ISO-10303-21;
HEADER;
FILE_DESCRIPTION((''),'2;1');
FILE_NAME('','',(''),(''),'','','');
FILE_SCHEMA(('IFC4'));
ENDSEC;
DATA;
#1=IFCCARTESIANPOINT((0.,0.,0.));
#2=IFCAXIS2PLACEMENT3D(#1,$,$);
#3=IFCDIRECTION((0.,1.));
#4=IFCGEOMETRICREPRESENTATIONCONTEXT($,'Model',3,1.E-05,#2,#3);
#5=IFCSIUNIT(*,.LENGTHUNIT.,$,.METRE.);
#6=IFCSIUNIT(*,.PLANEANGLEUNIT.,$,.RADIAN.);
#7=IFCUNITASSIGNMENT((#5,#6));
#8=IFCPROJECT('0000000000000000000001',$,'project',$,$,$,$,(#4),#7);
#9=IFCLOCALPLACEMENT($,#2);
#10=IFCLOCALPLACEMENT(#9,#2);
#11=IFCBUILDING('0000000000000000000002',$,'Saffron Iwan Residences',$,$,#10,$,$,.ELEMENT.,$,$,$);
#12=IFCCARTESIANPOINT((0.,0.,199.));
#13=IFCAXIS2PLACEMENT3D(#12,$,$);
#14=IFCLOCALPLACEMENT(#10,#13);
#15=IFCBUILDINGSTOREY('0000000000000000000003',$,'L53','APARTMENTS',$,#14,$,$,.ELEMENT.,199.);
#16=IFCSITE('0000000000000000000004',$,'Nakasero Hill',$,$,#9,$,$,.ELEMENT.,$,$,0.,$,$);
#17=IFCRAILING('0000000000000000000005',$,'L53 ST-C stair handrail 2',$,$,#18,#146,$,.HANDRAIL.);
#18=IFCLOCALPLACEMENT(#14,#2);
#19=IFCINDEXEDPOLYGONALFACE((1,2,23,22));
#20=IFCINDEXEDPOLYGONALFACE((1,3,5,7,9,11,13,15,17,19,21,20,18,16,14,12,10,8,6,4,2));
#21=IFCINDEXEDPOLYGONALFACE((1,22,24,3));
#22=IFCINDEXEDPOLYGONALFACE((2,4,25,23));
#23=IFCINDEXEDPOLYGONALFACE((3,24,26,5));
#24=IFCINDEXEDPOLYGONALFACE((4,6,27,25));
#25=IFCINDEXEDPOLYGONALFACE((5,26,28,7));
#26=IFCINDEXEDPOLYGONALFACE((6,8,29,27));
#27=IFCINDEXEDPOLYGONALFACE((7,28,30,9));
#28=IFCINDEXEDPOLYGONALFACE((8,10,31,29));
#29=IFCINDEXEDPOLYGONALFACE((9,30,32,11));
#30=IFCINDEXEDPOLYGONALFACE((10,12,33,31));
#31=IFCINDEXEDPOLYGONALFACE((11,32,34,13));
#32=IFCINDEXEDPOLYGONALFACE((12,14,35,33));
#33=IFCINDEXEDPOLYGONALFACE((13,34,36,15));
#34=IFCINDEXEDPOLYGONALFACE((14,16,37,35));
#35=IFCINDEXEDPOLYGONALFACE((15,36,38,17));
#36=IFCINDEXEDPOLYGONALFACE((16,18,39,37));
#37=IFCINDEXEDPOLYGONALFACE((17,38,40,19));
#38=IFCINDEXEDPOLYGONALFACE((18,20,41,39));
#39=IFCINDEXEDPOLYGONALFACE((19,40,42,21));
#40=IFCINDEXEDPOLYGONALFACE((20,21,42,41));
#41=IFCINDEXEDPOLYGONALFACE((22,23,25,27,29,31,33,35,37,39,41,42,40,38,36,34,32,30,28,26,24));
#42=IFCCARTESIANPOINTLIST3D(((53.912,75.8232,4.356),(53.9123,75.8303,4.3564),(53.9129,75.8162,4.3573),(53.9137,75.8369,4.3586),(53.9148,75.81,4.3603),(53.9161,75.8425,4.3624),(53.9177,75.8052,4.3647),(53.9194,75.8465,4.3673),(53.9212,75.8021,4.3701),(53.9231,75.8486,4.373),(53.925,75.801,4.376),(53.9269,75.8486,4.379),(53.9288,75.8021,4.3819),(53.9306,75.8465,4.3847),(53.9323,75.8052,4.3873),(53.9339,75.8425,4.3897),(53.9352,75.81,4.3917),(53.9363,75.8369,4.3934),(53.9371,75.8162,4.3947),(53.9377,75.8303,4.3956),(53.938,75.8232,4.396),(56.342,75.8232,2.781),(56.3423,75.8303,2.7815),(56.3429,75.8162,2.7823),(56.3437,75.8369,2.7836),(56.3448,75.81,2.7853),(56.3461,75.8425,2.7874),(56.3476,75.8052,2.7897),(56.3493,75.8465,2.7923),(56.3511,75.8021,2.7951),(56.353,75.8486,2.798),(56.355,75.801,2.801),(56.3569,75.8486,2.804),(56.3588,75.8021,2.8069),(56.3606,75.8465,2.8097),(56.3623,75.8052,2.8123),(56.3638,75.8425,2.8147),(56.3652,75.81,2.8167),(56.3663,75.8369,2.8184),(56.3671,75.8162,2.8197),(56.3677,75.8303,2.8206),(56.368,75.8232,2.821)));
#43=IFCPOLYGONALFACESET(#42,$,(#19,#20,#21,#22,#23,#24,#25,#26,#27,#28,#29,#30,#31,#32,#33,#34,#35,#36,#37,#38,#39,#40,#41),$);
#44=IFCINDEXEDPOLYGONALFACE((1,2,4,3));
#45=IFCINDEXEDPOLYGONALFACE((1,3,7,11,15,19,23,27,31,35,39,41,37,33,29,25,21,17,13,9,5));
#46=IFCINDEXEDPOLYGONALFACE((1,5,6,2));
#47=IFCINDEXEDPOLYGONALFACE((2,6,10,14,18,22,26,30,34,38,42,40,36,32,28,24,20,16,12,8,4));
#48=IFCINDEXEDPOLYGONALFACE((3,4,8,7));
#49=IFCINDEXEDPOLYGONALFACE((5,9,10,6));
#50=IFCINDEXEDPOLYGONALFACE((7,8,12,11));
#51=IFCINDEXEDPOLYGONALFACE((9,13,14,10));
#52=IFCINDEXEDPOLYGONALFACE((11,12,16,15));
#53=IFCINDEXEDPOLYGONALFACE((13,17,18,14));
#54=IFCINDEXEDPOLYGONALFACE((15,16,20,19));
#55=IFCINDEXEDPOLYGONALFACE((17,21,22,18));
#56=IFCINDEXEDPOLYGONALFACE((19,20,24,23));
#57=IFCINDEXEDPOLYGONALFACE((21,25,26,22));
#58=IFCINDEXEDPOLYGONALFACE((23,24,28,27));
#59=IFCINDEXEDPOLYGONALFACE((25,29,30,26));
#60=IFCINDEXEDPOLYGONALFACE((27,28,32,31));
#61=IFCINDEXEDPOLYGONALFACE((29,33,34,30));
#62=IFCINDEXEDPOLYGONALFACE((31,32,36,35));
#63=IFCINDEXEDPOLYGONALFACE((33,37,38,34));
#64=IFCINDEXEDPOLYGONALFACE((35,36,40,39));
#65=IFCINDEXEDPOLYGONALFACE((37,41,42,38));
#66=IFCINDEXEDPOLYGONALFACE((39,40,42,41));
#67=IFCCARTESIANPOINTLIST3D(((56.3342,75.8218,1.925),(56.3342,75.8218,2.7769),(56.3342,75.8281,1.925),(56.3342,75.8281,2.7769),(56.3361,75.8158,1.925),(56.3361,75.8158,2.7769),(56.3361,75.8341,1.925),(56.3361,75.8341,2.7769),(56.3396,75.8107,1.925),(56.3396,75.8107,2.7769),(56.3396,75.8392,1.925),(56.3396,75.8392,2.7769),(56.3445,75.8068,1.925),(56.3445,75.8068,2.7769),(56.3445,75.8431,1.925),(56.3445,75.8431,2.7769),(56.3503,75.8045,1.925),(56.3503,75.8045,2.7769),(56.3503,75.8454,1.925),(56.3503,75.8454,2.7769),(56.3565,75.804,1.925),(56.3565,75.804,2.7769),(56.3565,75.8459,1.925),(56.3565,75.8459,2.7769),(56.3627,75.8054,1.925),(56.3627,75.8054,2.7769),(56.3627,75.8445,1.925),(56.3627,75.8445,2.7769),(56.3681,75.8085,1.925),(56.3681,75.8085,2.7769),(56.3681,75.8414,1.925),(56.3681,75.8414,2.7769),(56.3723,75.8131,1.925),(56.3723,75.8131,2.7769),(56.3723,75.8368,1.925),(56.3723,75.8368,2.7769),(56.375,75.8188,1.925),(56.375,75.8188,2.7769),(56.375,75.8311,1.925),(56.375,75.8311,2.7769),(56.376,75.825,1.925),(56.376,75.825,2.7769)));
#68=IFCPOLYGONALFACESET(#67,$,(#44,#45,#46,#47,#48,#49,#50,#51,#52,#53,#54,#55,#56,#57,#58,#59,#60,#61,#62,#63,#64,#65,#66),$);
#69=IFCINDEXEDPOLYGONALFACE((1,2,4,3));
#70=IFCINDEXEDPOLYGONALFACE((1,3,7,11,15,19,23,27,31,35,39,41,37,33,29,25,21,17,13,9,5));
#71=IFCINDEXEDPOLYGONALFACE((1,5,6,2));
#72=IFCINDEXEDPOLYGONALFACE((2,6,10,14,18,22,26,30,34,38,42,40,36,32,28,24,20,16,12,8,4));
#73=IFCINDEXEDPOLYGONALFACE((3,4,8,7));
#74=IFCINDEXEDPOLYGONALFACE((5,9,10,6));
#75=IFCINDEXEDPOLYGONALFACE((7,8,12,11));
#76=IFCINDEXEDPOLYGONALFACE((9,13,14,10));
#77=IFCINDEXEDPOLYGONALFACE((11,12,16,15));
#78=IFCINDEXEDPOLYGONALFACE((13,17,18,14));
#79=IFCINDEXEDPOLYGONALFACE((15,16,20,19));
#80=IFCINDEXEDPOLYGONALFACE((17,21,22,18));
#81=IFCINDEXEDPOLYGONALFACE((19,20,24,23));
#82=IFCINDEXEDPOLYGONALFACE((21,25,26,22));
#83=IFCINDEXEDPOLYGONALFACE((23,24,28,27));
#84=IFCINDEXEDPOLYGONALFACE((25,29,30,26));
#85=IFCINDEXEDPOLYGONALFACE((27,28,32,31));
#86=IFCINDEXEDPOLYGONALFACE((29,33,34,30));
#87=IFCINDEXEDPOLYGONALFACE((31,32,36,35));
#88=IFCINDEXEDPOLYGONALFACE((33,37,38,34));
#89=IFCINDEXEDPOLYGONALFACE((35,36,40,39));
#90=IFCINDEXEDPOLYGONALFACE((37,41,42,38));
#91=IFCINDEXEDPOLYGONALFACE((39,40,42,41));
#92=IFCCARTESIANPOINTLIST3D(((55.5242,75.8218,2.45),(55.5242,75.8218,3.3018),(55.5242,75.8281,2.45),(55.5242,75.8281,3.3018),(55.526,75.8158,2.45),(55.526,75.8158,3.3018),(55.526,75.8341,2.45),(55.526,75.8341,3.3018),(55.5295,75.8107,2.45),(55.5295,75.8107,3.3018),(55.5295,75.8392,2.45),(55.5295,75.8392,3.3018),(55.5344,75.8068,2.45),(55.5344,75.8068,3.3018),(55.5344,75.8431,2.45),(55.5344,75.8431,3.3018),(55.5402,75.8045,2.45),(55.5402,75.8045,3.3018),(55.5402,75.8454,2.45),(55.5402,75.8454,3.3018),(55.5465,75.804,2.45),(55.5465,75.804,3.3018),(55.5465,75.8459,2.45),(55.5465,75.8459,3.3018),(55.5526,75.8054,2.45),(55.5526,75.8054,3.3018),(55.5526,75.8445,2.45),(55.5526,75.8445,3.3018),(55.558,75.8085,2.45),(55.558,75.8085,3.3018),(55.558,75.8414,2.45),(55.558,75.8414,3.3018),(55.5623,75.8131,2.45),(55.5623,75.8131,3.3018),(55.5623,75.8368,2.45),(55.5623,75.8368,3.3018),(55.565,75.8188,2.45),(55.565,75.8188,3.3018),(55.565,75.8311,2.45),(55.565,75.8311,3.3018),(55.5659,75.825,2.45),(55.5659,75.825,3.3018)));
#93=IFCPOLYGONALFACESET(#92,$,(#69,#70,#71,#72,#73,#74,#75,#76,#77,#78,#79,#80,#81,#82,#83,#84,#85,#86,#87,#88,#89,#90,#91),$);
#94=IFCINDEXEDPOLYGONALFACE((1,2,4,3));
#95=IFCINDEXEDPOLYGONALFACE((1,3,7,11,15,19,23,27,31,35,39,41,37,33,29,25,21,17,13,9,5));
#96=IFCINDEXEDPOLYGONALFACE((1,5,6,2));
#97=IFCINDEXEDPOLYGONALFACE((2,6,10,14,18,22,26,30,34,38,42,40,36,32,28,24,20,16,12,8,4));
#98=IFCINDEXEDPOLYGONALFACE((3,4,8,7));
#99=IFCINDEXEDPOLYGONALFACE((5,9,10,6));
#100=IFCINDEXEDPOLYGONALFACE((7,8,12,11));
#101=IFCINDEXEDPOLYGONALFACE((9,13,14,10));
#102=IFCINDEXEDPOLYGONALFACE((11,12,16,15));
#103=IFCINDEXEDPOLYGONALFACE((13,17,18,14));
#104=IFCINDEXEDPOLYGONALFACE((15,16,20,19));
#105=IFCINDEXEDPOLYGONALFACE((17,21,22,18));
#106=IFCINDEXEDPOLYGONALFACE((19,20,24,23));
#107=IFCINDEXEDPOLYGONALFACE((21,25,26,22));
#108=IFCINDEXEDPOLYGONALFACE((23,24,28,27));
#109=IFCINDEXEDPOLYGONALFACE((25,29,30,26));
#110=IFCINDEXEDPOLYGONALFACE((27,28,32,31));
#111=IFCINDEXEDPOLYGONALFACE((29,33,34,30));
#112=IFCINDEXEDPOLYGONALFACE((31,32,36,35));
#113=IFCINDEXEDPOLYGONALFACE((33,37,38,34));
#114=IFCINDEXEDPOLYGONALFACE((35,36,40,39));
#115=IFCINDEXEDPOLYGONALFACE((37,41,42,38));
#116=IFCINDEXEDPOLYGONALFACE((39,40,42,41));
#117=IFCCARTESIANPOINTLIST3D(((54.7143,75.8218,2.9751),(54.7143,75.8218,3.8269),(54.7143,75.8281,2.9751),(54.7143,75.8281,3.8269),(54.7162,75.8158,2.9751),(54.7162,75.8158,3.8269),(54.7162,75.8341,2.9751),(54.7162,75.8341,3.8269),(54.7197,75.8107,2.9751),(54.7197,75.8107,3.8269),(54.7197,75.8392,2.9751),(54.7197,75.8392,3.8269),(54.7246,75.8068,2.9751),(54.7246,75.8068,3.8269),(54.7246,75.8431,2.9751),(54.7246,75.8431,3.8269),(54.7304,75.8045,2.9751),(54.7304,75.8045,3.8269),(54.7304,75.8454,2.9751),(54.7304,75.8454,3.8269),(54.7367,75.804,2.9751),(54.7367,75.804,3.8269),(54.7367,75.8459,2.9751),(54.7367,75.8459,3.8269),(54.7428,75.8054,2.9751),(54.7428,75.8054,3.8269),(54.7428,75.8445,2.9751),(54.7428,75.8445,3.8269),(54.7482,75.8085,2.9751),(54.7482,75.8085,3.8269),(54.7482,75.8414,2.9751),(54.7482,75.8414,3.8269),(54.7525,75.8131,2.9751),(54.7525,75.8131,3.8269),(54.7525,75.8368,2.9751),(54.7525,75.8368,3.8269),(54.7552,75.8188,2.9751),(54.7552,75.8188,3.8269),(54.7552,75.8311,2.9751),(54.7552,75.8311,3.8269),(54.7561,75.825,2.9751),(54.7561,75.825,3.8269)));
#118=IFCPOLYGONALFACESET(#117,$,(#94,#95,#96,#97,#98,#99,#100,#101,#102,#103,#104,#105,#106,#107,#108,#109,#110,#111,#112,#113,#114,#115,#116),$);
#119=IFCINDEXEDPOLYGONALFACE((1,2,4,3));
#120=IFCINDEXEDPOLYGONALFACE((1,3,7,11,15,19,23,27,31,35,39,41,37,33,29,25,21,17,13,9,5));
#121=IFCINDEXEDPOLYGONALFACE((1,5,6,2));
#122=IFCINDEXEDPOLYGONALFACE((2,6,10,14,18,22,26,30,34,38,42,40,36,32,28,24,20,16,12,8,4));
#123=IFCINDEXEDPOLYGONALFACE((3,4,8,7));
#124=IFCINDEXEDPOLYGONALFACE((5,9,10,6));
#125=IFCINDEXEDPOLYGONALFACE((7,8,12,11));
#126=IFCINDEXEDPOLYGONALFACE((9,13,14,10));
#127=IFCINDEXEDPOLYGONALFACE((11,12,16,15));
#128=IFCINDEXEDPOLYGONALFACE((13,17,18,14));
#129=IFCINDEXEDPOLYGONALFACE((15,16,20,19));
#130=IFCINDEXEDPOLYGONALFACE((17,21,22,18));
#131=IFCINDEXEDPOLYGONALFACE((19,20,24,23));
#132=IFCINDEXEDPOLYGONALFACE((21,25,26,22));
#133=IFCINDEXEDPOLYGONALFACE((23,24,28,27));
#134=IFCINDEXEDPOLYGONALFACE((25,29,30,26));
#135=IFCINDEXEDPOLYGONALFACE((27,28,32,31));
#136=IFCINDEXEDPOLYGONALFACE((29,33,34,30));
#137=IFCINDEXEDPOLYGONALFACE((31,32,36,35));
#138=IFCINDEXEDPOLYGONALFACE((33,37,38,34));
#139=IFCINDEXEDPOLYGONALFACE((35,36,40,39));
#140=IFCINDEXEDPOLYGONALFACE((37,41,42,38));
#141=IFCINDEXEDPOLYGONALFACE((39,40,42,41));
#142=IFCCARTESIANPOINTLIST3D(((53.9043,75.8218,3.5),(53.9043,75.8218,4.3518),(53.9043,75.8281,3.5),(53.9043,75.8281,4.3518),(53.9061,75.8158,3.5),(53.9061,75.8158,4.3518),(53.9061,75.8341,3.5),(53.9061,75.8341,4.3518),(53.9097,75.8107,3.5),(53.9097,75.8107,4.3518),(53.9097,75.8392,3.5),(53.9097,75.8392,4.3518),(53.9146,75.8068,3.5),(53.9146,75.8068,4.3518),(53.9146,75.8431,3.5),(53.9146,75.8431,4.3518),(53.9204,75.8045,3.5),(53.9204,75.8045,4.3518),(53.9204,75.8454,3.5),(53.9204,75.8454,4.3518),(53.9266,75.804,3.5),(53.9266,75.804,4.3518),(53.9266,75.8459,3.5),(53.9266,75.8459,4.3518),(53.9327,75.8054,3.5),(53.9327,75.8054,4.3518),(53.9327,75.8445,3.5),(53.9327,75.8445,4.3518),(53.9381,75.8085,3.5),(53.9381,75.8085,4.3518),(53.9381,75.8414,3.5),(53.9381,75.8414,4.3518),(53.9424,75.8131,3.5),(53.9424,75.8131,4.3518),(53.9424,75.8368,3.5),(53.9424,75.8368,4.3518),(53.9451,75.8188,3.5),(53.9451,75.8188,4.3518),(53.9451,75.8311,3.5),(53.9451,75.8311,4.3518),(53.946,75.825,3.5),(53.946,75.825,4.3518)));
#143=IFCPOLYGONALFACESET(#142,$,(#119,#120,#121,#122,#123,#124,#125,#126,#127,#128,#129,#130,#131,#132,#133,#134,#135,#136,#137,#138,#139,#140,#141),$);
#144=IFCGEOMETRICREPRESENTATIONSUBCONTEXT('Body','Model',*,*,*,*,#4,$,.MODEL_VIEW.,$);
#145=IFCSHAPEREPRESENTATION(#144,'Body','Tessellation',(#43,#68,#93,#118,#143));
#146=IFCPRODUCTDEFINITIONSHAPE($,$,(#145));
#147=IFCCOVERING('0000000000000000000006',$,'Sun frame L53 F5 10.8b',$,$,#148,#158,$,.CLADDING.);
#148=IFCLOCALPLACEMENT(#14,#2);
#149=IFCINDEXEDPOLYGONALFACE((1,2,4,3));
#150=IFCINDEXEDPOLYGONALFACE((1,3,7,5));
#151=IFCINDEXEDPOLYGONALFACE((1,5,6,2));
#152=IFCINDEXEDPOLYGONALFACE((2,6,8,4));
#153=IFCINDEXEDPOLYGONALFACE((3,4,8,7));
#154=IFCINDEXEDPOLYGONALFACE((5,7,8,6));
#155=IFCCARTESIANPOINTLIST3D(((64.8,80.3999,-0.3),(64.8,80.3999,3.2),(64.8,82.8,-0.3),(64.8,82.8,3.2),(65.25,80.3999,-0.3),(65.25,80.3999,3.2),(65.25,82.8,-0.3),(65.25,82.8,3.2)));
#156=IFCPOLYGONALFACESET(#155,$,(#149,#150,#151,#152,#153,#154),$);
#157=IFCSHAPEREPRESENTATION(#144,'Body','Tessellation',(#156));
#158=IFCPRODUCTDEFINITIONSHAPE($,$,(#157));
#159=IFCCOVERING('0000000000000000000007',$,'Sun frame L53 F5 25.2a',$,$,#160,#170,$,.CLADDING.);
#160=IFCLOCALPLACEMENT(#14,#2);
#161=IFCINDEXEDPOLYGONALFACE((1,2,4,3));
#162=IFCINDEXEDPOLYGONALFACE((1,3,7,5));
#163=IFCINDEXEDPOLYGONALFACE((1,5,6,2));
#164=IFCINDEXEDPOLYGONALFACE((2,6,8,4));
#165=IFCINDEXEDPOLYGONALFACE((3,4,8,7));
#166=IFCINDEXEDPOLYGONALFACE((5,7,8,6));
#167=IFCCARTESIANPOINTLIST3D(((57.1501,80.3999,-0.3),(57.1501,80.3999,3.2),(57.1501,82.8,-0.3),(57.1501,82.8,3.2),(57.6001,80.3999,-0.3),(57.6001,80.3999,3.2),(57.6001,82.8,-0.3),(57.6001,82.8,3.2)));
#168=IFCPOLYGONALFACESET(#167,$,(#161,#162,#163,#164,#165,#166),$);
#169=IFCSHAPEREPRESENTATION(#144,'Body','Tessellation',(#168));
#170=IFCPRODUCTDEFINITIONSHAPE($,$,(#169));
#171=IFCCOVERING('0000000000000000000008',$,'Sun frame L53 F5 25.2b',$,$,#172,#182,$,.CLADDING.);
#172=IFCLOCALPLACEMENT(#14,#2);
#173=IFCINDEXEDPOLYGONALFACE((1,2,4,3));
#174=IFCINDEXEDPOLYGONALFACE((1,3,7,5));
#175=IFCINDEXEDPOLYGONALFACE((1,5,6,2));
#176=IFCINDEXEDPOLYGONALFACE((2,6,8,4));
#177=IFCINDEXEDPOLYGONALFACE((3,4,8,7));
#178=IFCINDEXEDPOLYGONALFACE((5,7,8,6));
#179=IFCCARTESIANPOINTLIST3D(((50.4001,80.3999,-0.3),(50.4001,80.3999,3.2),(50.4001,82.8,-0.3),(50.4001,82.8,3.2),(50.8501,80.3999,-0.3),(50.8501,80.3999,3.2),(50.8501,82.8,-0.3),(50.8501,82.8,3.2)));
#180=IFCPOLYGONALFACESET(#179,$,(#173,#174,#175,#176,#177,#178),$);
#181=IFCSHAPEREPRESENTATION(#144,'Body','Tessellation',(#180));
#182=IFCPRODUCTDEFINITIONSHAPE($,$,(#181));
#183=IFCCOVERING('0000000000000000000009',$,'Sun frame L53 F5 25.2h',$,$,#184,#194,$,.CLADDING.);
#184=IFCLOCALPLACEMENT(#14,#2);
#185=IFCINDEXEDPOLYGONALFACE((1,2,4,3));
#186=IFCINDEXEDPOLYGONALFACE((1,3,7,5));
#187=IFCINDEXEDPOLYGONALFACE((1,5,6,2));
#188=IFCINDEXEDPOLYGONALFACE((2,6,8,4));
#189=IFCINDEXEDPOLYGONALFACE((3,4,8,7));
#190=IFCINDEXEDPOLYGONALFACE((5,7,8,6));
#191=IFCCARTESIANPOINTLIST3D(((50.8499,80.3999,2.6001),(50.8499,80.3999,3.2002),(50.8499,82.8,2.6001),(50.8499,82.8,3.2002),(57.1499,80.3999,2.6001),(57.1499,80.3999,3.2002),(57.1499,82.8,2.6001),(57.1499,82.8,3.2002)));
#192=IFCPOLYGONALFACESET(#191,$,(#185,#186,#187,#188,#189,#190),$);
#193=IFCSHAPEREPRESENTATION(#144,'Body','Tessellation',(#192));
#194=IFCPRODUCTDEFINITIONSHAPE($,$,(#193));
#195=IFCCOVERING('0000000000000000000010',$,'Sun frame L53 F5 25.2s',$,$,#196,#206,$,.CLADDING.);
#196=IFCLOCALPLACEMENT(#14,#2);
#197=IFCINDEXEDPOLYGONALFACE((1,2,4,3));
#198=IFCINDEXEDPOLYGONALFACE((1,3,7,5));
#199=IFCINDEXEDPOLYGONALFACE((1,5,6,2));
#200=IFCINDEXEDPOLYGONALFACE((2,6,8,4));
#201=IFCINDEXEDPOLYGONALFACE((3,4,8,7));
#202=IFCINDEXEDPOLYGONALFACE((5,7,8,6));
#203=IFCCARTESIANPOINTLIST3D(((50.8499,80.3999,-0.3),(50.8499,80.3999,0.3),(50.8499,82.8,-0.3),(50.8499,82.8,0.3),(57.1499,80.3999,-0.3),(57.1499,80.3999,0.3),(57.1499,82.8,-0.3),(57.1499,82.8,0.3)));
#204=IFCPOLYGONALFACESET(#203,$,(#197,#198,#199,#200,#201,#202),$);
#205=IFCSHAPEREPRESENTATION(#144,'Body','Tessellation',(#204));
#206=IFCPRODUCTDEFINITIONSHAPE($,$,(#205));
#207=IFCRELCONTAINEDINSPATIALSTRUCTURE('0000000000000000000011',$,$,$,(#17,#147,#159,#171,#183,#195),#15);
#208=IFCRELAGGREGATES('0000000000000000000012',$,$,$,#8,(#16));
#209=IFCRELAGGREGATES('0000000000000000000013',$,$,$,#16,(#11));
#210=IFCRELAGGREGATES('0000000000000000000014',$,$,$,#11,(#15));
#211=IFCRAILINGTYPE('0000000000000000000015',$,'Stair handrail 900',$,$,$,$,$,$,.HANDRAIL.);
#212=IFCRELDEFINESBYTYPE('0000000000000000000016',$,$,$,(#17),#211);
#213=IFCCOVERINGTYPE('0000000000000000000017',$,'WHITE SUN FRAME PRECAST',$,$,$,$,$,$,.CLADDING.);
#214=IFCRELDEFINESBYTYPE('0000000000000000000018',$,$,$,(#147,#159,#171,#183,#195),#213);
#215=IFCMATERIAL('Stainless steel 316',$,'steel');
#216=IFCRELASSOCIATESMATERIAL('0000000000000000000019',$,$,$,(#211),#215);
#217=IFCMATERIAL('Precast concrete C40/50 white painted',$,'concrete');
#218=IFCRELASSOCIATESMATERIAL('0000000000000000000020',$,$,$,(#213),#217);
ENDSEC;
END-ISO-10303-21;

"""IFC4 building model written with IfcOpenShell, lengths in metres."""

from ifc_helpers import new_model, si_unit, direction, frame, origin, origin_2d, place, context, subcontext, project, spatial, polyline, circle, outline, extrude, material, type_object, element, save


model = new_model("IFC4")

# Units and contexts
model_context = context("Model", 3, precision=1e-05, world=origin(), true_north=direction((0.0, 1.0)))
body_context = subcontext(model_context, "Body", "Model", "MODEL_VIEW")
ifc_project = project(units=[si_unit("LENGTHUNIT", "METRE"), si_unit("PLANEANGLEUNIT", "RADIAN")], contexts=[model_context])

# Site, building, storey
site_placement = place(None, origin())
site = spatial("IfcSite", under=ifc_project, at=site_placement, Name="Nakasero Hill", CompositionType="ELEMENT", RefElevation=0.0)
building_placement = place(site_placement, origin())
building = spatial("IfcBuilding", under=site, at=building_placement, Name="Saffron Iwan Residences", CompositionType="ELEMENT")
storey_placement = place(building_placement, frame((0.0, 0.0, 199.0)))
storey = spatial("IfcBuildingStorey", under=building, at=storey_placement, Name="L53", Description="APARTMENTS", CompositionType="ELEMENT", Elevation=199.0)

# Railing
ifc_material_1 = material(Name="Stainless steel 316", Category="steel")
railing_type_1 = type_object("IfcRailingType", Name="Stair handrail 900", PredefinedType="HANDRAIL", material=ifc_material_1)
railing_1_placement = place(storey_placement, frame((56.355, 75.825, 1.925)))
element("IfcRailing", 1, at=railing_1_placement, inside=storey, type_object=railing_type_1, Name="L53 ST-C stair handrail 2", PredefinedType="HANDRAIL", context=body_context, shape_type="SweptSolid", body=[
    extrude(circle(Radius=0.0239, at=origin_2d()), frame((0.0, 0.0, 0.876), z_axis=(-0.839154, 0.0, 0.543894), x_axis=(0.0, -1.0, 0.0)), (0.0, 0.0, 1.0), 2.8958),
    extrude(circle(Radius=0.021, at=origin_2d()), origin(), (0.0, 0.0, 1.0), 0.8518),
    extrude(circle(Radius=0.021, at=origin_2d()), frame((-0.8101, 0.0, 0.5249)), (0.0, 0.0, 1.0), 0.8518),
    extrude(circle(Radius=0.021, at=origin_2d()), frame((-1.6199, 0.0, 1.05)), (0.0, 0.0, 1.0), 0.8518),
    extrude(circle(Radius=0.021, at=origin_2d()), frame((-2.4299, 0.0, 1.575)), (0.0, 0.0, 1.0), 0.8518),
])

# Coverings
ifc_material_2 = material(Name="Precast concrete C40/50 white painted", Category="concrete")
covering_type_1 = type_object("IfcCoveringType", Name="WHITE SUN FRAME PRECAST", PredefinedType="CLADDING", material=ifc_material_2)
for number, where, z_axis, x_axis, name in (
    (2, (65.25, 80.3999, -0.3), (0.0, 1.0, 0.0), (-1.0, 0.0, 0.0), "Sun frame L53 F5 10.8b"),
    (3, (57.6001, 80.3999, -0.3), (0.0, 1.0, 0.0), (-1.0, 0.0, 0.0), "Sun frame L53 F5 25.2a"),
    (4, (50.8501, 80.3999, -0.3), (0.0, 1.0, 0.0), (-1.0, 0.0, 0.0), "Sun frame L53 F5 25.2b"),
):
    element("IfcCovering", number, at=place(storey_placement, frame(where, z_axis=z_axis, x_axis=x_axis)), inside=storey, type_object=covering_type_1, Name=name, PredefinedType="CLADDING", context=body_context, shape_type="SweptSolid", body=[
        extrude(outline(polyline([(0.0, 0.0), (0.45, 0.0), (0.45, 3.5), (0.0, 3.5), (0.0, 0.0)])), origin(), (0.0, 0.0, 1.0), 2.4001),
    ])
for number, where, z_axis, x_axis, name in (
    (5, (57.1499, 80.3999, 2.6001), (0.0, 1.0, 0.0), (-1.0, 0.0, 0.0), "Sun frame L53 F5 25.2h"),
    (6, (57.1499, 80.3999, -0.3), (0.0, 1.0, 0.0), (-1.0, 0.0, 0.0), "Sun frame L53 F5 25.2s"),
):
    element("IfcCovering", number, at=place(storey_placement, frame(where, z_axis=z_axis, x_axis=x_axis)), inside=storey, type_object=covering_type_1, Name=name, PredefinedType="CLADDING", context=body_context, shape_type="SweptSolid", body=[
        extrude(outline(polyline([(0.0, 0.0), (6.3, 0.0), (6.3, 0.6001), (0.0, 0.6001), (0.0, 0.0)])), origin(), (0.0, 0.0, 1.0), 2.4001),
    ])

save(model, "model.ifc")
